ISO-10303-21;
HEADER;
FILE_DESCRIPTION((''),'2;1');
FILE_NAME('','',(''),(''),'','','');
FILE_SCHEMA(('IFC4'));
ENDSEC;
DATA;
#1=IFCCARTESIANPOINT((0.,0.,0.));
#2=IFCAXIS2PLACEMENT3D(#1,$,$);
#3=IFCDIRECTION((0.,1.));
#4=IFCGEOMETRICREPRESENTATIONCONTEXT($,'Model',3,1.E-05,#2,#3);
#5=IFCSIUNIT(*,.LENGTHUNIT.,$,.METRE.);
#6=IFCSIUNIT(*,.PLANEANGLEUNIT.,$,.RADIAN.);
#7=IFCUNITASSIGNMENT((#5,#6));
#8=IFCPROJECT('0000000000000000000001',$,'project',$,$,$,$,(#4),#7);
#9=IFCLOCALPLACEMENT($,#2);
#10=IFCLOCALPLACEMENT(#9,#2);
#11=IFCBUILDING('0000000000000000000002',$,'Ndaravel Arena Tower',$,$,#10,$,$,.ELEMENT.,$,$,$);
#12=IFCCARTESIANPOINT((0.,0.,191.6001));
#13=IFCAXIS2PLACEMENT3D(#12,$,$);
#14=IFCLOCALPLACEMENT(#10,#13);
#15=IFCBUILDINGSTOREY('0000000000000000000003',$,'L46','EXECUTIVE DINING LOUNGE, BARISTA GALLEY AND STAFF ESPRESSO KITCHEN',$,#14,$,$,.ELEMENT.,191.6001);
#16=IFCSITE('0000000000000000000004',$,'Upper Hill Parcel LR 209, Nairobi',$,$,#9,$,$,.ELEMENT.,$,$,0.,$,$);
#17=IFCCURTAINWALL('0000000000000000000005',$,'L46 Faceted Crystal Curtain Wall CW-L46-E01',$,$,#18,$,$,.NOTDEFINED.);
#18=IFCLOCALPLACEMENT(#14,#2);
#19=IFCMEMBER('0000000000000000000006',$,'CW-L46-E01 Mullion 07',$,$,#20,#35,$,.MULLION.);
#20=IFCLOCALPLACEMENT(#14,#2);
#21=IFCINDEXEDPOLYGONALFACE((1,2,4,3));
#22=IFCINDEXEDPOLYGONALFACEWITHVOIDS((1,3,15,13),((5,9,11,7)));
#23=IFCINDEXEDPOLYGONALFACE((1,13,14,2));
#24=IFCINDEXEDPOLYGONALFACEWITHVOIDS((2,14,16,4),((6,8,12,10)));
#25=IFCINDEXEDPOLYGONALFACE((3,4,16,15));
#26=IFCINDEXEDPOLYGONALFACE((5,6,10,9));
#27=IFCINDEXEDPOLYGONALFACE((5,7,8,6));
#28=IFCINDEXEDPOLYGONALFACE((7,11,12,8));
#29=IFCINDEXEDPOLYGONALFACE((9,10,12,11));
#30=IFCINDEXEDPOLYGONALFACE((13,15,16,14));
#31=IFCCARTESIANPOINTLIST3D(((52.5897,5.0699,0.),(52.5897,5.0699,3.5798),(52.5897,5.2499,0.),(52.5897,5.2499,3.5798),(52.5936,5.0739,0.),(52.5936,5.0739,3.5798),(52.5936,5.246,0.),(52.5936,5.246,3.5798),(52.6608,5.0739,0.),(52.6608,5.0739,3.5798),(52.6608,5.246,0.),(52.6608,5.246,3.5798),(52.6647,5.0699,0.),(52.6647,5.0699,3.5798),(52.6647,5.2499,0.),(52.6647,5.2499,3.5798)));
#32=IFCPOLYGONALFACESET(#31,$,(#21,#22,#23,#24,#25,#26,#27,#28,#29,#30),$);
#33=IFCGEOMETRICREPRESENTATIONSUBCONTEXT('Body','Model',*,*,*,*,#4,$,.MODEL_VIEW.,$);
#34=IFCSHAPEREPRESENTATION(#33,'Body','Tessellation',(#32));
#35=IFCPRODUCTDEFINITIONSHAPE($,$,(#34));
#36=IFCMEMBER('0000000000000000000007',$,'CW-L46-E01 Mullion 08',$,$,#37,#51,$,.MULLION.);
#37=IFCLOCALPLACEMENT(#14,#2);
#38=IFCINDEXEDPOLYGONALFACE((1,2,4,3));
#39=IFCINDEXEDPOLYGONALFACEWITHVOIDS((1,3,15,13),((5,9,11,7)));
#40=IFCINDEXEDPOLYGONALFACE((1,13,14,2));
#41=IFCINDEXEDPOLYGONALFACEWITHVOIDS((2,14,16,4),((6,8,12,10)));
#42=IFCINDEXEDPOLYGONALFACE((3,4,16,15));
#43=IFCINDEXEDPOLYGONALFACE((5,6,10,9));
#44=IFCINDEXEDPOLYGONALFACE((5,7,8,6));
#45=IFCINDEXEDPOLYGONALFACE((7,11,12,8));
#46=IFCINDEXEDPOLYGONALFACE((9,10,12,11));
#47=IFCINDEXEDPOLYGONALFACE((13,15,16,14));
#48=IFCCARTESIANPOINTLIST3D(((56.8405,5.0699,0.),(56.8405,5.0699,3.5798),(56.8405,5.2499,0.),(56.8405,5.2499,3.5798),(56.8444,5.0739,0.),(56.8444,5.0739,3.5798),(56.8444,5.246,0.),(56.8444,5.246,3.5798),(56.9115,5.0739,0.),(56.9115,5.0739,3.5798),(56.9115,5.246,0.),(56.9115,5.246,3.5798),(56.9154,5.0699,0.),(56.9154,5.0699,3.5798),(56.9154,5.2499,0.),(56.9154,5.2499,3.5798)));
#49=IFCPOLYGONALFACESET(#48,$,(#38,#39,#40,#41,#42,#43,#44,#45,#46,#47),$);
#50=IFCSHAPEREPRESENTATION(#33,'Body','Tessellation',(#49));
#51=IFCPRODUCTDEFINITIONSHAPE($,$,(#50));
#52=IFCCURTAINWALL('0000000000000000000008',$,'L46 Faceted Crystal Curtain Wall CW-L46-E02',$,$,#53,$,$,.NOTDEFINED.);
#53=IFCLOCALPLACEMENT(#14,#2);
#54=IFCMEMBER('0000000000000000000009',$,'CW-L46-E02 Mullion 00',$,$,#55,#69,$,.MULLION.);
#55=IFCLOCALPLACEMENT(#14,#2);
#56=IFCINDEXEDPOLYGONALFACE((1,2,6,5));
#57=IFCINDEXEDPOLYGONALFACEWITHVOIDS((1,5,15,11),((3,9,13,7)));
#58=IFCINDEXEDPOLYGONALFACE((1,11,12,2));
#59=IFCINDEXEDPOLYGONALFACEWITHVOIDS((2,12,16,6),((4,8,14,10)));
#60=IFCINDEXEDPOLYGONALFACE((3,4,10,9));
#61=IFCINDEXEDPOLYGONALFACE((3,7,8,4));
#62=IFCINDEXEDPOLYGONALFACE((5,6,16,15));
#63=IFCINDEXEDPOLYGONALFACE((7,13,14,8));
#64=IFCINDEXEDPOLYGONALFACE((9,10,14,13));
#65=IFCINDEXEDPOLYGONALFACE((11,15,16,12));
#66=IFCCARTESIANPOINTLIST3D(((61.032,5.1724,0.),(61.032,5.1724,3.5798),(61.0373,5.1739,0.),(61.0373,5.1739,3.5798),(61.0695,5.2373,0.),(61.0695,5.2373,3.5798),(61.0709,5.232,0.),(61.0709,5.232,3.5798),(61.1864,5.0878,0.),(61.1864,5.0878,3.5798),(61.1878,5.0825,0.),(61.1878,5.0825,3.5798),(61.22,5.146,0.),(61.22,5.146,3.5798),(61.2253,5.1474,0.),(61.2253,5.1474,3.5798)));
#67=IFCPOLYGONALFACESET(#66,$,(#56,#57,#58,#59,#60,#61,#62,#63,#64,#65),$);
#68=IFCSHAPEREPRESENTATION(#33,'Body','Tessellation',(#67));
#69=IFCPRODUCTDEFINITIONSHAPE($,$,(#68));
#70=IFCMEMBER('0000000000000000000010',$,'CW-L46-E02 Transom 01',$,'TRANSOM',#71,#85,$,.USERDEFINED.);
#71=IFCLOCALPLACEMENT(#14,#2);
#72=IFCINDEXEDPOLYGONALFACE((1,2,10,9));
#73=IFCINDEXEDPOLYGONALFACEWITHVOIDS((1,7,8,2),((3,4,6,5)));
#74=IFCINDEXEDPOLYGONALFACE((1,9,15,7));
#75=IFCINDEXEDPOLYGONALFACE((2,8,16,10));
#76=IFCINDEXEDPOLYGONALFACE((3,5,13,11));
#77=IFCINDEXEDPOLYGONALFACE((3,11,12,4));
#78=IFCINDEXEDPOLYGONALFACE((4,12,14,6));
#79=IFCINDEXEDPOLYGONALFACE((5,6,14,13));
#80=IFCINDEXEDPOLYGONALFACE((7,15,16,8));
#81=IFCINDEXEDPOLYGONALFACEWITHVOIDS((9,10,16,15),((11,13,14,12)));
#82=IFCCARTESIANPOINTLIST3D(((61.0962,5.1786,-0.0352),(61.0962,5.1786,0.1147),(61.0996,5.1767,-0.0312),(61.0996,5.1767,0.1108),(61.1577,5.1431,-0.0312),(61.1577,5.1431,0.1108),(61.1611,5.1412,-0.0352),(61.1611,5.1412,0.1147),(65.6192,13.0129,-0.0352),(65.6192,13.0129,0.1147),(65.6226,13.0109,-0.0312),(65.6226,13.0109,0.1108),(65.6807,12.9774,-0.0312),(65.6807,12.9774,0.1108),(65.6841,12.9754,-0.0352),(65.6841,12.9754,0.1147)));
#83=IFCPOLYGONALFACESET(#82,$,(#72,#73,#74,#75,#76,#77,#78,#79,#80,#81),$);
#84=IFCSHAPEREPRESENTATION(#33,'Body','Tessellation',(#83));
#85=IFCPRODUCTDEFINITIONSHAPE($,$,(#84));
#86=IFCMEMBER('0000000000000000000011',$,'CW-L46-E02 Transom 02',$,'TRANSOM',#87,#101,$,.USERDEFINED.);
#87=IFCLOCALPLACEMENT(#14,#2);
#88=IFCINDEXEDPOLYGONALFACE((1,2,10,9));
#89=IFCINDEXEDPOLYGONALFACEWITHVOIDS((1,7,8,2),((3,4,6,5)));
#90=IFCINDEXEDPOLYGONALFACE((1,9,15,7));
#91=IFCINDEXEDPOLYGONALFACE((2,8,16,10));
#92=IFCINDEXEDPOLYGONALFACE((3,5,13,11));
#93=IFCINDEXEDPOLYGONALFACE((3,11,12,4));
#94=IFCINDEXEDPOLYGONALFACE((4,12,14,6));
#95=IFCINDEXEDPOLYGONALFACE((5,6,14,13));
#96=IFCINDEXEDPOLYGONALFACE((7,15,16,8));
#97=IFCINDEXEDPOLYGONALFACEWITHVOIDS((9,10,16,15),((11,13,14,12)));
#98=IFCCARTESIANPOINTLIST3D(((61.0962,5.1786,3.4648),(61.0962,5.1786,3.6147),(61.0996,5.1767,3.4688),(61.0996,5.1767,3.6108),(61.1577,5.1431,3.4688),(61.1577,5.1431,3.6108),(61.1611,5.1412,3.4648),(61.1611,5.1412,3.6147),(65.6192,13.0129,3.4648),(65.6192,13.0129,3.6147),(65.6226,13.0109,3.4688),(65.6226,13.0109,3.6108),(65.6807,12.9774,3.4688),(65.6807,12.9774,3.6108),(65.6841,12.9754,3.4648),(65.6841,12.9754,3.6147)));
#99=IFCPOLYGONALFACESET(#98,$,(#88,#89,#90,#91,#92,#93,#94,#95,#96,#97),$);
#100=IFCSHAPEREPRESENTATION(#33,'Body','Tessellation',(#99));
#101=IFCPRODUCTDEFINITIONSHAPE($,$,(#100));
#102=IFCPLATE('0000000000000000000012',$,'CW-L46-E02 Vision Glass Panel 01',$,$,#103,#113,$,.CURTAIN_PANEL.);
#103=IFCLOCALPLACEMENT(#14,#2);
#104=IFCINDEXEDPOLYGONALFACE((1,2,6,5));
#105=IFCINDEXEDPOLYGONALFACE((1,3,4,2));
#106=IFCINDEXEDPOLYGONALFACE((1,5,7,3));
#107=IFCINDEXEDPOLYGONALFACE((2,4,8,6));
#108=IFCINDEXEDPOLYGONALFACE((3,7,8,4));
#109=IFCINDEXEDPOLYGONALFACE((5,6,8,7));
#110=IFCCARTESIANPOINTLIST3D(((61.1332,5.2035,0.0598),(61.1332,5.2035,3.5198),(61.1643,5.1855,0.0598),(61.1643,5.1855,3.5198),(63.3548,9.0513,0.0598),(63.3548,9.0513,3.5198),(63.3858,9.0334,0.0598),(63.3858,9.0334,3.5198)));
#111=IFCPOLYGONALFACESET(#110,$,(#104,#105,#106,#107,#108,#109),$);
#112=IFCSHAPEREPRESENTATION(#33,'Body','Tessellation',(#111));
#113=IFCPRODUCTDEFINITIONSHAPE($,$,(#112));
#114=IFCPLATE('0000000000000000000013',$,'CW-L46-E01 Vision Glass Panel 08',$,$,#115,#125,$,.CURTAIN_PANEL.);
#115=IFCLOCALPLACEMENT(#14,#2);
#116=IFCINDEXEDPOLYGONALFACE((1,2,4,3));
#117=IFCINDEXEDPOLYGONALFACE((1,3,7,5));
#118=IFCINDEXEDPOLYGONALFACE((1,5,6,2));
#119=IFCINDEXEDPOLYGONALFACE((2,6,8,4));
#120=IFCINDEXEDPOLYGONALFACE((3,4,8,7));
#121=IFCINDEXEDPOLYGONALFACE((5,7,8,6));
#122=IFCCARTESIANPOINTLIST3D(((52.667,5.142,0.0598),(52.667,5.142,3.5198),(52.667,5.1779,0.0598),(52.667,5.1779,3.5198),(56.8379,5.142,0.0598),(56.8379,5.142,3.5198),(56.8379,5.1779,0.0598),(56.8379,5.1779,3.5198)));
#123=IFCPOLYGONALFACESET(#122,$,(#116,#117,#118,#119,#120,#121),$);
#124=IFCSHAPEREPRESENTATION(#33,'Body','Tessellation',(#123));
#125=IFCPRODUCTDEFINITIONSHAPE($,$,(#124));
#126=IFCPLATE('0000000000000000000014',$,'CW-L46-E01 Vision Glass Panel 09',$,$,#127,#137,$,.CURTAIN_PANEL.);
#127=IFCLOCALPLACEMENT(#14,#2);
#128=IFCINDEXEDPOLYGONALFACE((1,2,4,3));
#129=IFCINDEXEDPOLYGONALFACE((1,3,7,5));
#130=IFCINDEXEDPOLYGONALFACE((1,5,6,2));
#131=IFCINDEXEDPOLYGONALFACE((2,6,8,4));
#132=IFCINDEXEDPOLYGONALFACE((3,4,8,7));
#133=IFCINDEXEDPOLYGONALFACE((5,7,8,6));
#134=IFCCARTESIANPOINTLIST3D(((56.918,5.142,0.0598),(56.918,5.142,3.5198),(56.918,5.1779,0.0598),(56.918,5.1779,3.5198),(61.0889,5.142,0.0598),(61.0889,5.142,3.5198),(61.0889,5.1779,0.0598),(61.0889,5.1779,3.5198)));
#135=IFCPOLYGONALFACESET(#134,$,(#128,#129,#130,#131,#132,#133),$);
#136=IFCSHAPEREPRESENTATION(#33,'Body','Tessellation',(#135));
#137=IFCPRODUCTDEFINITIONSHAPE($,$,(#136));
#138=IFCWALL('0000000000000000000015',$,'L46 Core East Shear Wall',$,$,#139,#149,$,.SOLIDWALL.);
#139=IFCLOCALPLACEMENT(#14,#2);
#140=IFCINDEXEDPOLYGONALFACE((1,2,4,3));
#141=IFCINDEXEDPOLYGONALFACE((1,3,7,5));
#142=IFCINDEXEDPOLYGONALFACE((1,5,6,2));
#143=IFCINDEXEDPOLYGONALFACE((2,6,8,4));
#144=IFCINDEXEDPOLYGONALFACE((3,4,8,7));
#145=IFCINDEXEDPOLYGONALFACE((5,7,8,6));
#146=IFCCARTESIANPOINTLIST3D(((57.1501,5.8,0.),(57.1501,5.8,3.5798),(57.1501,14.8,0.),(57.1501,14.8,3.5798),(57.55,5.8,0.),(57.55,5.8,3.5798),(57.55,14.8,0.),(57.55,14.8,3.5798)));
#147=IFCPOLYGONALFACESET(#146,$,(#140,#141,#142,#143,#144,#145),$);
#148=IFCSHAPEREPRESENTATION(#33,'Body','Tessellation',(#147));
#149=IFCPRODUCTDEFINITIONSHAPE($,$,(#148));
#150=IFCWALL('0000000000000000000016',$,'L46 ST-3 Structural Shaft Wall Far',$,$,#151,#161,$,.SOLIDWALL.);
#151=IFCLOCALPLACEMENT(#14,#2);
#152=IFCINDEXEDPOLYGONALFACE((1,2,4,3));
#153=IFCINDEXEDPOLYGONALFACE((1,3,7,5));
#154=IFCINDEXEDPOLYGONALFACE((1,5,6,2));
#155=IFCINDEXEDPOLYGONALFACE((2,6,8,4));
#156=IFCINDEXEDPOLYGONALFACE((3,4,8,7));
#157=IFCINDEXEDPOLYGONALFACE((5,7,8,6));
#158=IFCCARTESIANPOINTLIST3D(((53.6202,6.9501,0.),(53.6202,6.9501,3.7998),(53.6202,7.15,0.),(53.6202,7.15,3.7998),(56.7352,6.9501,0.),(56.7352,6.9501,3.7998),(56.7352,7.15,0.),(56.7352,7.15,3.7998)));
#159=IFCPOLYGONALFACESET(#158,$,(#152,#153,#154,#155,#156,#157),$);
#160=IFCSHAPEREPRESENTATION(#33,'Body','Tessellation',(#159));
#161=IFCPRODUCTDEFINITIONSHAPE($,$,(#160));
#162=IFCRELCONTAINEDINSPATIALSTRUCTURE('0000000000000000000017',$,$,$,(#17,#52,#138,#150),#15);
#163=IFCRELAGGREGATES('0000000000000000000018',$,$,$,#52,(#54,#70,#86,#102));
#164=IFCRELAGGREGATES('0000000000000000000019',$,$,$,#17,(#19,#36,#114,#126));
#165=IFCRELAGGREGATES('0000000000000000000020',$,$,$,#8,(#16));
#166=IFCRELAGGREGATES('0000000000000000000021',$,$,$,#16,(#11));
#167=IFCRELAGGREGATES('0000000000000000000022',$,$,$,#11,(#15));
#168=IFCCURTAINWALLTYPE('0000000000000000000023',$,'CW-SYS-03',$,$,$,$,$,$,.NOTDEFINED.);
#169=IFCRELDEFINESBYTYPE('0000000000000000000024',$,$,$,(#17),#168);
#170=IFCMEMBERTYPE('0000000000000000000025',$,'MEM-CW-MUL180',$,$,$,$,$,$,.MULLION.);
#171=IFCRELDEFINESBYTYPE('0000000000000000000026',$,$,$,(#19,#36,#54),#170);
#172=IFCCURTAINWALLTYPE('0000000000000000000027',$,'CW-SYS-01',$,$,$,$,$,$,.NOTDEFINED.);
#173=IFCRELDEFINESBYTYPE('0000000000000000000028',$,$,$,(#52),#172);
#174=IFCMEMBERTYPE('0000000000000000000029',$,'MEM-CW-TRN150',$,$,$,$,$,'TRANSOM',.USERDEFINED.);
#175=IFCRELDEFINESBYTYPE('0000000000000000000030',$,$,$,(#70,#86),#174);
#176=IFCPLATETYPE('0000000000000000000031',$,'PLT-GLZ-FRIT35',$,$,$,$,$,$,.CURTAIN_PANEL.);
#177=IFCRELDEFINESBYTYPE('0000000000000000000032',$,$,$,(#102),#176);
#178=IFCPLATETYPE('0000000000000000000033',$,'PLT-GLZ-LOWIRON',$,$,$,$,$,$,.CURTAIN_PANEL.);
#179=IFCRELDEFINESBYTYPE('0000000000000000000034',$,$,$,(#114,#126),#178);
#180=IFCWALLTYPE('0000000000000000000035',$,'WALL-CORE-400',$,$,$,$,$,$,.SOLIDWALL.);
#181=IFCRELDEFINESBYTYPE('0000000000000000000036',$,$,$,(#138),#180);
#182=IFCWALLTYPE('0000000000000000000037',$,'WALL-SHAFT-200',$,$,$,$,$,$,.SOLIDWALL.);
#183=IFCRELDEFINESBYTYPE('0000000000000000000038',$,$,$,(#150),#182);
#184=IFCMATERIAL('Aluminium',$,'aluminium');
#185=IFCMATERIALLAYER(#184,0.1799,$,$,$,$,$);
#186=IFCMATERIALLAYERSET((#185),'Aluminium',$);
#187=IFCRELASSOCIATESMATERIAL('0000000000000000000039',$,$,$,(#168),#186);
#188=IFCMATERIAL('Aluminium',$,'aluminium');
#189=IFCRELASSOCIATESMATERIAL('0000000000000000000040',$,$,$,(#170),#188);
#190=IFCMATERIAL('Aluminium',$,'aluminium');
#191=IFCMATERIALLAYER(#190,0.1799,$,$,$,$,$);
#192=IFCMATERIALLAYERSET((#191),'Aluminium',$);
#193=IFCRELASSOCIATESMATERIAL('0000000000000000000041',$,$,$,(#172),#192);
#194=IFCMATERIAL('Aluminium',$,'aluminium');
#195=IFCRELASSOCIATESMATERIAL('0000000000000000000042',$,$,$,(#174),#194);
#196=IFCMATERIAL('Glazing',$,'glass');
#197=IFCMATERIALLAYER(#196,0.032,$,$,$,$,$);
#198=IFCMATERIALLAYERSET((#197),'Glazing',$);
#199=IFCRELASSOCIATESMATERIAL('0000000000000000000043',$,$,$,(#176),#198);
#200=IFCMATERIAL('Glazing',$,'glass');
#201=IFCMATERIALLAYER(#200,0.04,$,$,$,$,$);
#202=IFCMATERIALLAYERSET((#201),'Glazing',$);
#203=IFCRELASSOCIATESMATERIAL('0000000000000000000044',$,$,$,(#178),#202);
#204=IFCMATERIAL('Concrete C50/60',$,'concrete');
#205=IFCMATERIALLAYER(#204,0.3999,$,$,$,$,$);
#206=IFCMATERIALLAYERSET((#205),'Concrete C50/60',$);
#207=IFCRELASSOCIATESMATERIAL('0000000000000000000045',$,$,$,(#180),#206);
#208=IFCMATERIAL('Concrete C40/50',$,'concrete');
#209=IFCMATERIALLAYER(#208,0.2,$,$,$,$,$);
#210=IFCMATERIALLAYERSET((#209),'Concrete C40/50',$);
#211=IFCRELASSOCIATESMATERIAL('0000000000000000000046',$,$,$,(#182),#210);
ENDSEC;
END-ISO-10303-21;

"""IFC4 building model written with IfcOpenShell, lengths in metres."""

from ifc_helpers import new_model, si_unit, direction, frame, frame_2d, origin, origin_2d, place, context, subcontext, project, spatial, rectangle, hollow_rectangle, extrude, material, layer, layer_set, material_profile, profile_set, type_object, element, aggregate, save


model = new_model("IFC4")

# Units and contexts
model_context = context("Model", 3, precision=1e-05, world=origin(), true_north=direction((0.0, 1.0)))
body_context = subcontext(model_context, "Body", "Model", "MODEL_VIEW")
ifc_project = project(units=[si_unit("LENGTHUNIT", "METRE"), si_unit("PLANEANGLEUNIT", "RADIAN")], contexts=[model_context])

# Site, building, storey
site_placement = place(None, origin())
site = spatial("IfcSite", under=ifc_project, at=site_placement, Name="Upper Hill Parcel LR 209, Nairobi", CompositionType="ELEMENT", RefElevation=0.0)
building_placement = place(site_placement, origin())
building = spatial("IfcBuilding", under=site, at=building_placement, Name="Ndaravel Arena Tower", CompositionType="ELEMENT")
storey_placement = place(building_placement, frame((0.0, 0.0, 191.6001)))
storey = spatial("IfcBuildingStorey", under=building, at=storey_placement, Name="L46", Description="EXECUTIVE DINING LOUNGE, BARISTA GALLEY AND STAFF ESPRESSO KITCHEN", CompositionType="ELEMENT", Elevation=191.6001)

# Curtain wall, members
ifc_material_1 = material(Name="Aluminium", Category="aluminium")
ifc_layer_1 = layer(ifc_material_1, 0.1799)
ifc_layer_set_1 = layer_set([ifc_layer_1], Name="Aluminium")
curtain_wall_type_1 = type_object("IfcCurtainWallType", Name="CW-SYS-03", PredefinedType="NOTDEFINED", material=ifc_layer_set_1)
curtain_wall_1_placement = place(storey_placement, origin())
curtain_wall_1 = element("IfcCurtainWall", 1, at=curtain_wall_1_placement, inside=storey, type_object=curtain_wall_type_1, Name="L46 Faceted Crystal Curtain Wall CW-L46-E01", PredefinedType="NOTDEFINED")
ifc_material_2 = material(Name="Aluminium", Category="aluminium")
ifc_material_profile_1 = material_profile(ifc_material_2, hollow_rectangle(XDim=0.075, YDim=0.1799, WallThickness=0.0039, at=origin_2d()), Name="CW MULLION 75x180x4")
ifc_profile_set_1 = profile_set([ifc_material_profile_1], Name="Aluminium")
member_type_1 = type_object("IfcMemberType", Name="MEM-CW-MUL180", PredefinedType="MULLION", material=ifc_profile_set_1)
member_1_placement = place(storey_placement, frame((52.6272, 5.1599, 0.0), z_axis=(0.0, 0.0, 1.0), x_axis=(1.0, 0.0, 0.0)))
member_1 = element("IfcMember", 2, at=member_1_placement, type_object=member_type_1, Name="CW-L46-E01 Mullion 07", PredefinedType="MULLION", context=body_context, shape_type="SweptSolid", body=[
    extrude(hollow_rectangle(XDim=0.075, YDim=0.1799, WallThickness=0.0039, at=origin_2d()), origin(), (0.0, 0.0, 1.0), 3.5798),
])
member_2_placement = place(storey_placement, frame((56.8779, 5.1599, 0.0), z_axis=(0.0, 0.0, 1.0), x_axis=(1.0, 0.0, 0.0)))
member_2 = element("IfcMember", 3, at=member_2_placement, type_object=member_type_1, Name="CW-L46-E01 Mullion 08", PredefinedType="MULLION", context=body_context, shape_type="SweptSolid", body=[
    extrude(hollow_rectangle(XDim=0.075, YDim=0.1799, WallThickness=0.0039, at=origin_2d()), origin(), (0.0, 0.0, 1.0), 3.5798),
])

# Curtain wall, members, plate
ifc_material_3 = material(Name="Aluminium", Category="aluminium")
ifc_layer_2 = layer(ifc_material_3, 0.1799)
ifc_layer_set_2 = layer_set([ifc_layer_2], Name="Aluminium")
curtain_wall_type_2 = type_object("IfcCurtainWallType", Name="CW-SYS-01", PredefinedType="NOTDEFINED", material=ifc_layer_set_2)
curtain_wall_2_placement = place(storey_placement, origin())
curtain_wall_2 = element("IfcCurtainWall", 4, at=curtain_wall_2_placement, inside=storey, type_object=curtain_wall_type_2, Name="L46 Faceted Crystal Curtain Wall CW-L46-E02", PredefinedType="NOTDEFINED")
member_3_placement = place(storey_placement, frame((61.1287, 5.1599, 0.0), z_axis=(0.0, 0.0, 1.0), x_axis=(0.5, 0.866025, 0.0)))
member_3 = element("IfcMember", 5, at=member_3_placement, type_object=member_type_1, Name="CW-L46-E02 Mullion 00", PredefinedType="MULLION", context=body_context, shape_type="SweptSolid", body=[
    extrude(hollow_rectangle(XDim=0.075, YDim=0.1799, WallThickness=0.0039, at=origin_2d()), origin(), (0.0, 0.0, 1.0), 3.5798),
])
ifc_material_4 = material(Name="Aluminium", Category="aluminium")
ifc_material_profile_2 = material_profile(ifc_material_4, hollow_rectangle(XDim=0.075, YDim=0.1499, WallThickness=0.0039, at=origin_2d()), Name="CW TRANSOM 75x150x4")
ifc_profile_set_2 = profile_set([ifc_material_profile_2], Name="Aluminium")
member_type_2 = type_object("IfcMemberType", Name="MEM-CW-TRN150", ElementType="TRANSOM", PredefinedType="USERDEFINED", material=ifc_profile_set_2)
member_4_placement = place(storey_placement, frame((61.1287, 5.1599, 0.0398), z_axis=(0.499988, 0.866032, 0.0), x_axis=(-0.866032, 0.499988, 0.0)))
member_4 = element("IfcMember", 6, at=member_4_placement, type_object=member_type_2, Name="CW-L46-E02 Transom 01", ObjectType="TRANSOM", PredefinedType="USERDEFINED", context=body_context, shape_type="SweptSolid", body=[
    extrude(hollow_rectangle(XDim=0.075, YDim=0.1499, WallThickness=0.0039, at=origin_2d()), origin(), (0.0, 0.0, 1.0), 9.0461),
])
member_5_placement = place(storey_placement, frame((61.1287, 5.1599, 3.5398), z_axis=(0.499988, 0.866032, 0.0), x_axis=(-0.866032, 0.499988, 0.0)))
member_5 = element("IfcMember", 7, at=member_5_placement, type_object=member_type_2, Name="CW-L46-E02 Transom 02", ObjectType="TRANSOM", PredefinedType="USERDEFINED", context=body_context, shape_type="SweptSolid", body=[
    extrude(hollow_rectangle(XDim=0.075, YDim=0.1499, WallThickness=0.0039, at=origin_2d()), origin(), (0.0, 0.0, 1.0), 9.0461),
])
ifc_material_5 = material(Name="Glazing", Category="glass")
ifc_layer_3 = layer(ifc_material_5, 0.032)
ifc_layer_set_3 = layer_set([ifc_layer_3], Name="Glazing")
plate_type_1 = type_object("IfcPlateType", Name="PLT-GLZ-FRIT35", PredefinedType="CURTAIN_PANEL", material=ifc_layer_set_3)
plate_1_placement = place(storey_placement, frame((62.2595, 7.1184, 0.0598), z_axis=(0.0, 0.0, 1.0), x_axis=(0.5, 0.866025, 0.0)))
plate_1 = element("IfcPlate", 8, at=plate_1_placement, type_object=plate_type_1, Name="CW-L46-E02 Vision Glass Panel 01", PredefinedType="CURTAIN_PANEL", context=body_context, shape_type="SweptSolid", body=[
    extrude(rectangle(XDim=4.4431, YDim=0.0359, at=origin_2d()), origin(), (0.0, 0.0, 1.0), 3.46),
])
aggregate(curtain_wall_2, [member_3, member_4, member_5, plate_1])

# Plates
ifc_material_6 = material(Name="Glazing", Category="glass")
ifc_layer_4 = layer(ifc_material_6, 0.04)
ifc_layer_set_4 = layer_set([ifc_layer_4], Name="Glazing")
plate_type_2 = type_object("IfcPlateType", Name="PLT-GLZ-LOWIRON", PredefinedType="CURTAIN_PANEL", material=ifc_layer_set_4)
plate_2_placement = place(storey_placement, frame((54.7524, 5.1599, 0.0598), z_axis=(0.0, 0.0, 1.0), x_axis=(1.0, 0.0, 0.0)))
plate_2 = element("IfcPlate", 9, at=plate_2_placement, type_object=plate_type_2, Name="CW-L46-E01 Vision Glass Panel 08", PredefinedType="CURTAIN_PANEL", context=body_context, shape_type="SweptSolid", body=[
    extrude(rectangle(XDim=4.1709, YDim=0.0359, at=origin_2d()), origin(), (0.0, 0.0, 1.0), 3.46),
])
plate_3_placement = place(storey_placement, frame((59.0034, 5.1599, 0.0598), z_axis=(0.0, 0.0, 1.0), x_axis=(1.0, 0.0, 0.0)))
plate_3 = element("IfcPlate", 10, at=plate_3_placement, type_object=plate_type_2, Name="CW-L46-E01 Vision Glass Panel 09", PredefinedType="CURTAIN_PANEL", context=body_context, shape_type="SweptSolid", body=[
    extrude(rectangle(XDim=4.1709, YDim=0.0359, at=origin_2d()), origin(), (0.0, 0.0, 1.0), 3.46),
])
aggregate(curtain_wall_1, [member_1, member_2, plate_2, plate_3])

# Walls
ifc_material_7 = material(Name="Concrete C50/60", Category="concrete")
ifc_layer_5 = layer(ifc_material_7, 0.3999)
ifc_layer_set_5 = layer_set([ifc_layer_5], Name="Concrete C50/60")
wall_type_1 = type_object("IfcWallType", Name="WALL-CORE-400", PredefinedType="SOLIDWALL", material=ifc_layer_set_5)
wall_1_placement = place(storey_placement, frame((57.3501, 5.8, 0.0), z_axis=(0.0, 0.0, 1.0), x_axis=(0.0, 1.0, 0.0)))
element("IfcWall", 11, at=wall_1_placement, inside=storey, type_object=wall_type_1, Name="L46 Core East Shear Wall", PredefinedType="SOLIDWALL", context=body_context, shape_type="SweptSolid", body=[
    extrude(rectangle(XDim=9.0, YDim=0.3999, at=frame_2d((4.5, 0.0))), origin(), (0.0, 0.0, 1.0), 3.5798),
])
ifc_material_8 = material(Name="Concrete C40/50", Category="concrete")
ifc_layer_6 = layer(ifc_material_8, 0.2)
ifc_layer_set_6 = layer_set([ifc_layer_6], Name="Concrete C40/50")
wall_type_2 = type_object("IfcWallType", Name="WALL-SHAFT-200", PredefinedType="SOLIDWALL", material=ifc_layer_set_6)
wall_2_placement = place(storey_placement, frame((53.6201, 7.05, 0.0), z_axis=(0.0, 0.0, 1.0), x_axis=(1.0, 0.0, 0.0)))
element("IfcWall", 12, at=wall_2_placement, inside=storey, type_object=wall_type_2, Name="L46 ST-3 Structural Shaft Wall Far", PredefinedType="SOLIDWALL", context=body_context, shape_type="SweptSolid", body=[
    extrude(rectangle(XDim=3.115, YDim=0.2, at=frame_2d((1.5576, 0.0))), origin(), (0.0, 0.0, 1.0), 3.7998),
])

save(model, "model.ifc")
